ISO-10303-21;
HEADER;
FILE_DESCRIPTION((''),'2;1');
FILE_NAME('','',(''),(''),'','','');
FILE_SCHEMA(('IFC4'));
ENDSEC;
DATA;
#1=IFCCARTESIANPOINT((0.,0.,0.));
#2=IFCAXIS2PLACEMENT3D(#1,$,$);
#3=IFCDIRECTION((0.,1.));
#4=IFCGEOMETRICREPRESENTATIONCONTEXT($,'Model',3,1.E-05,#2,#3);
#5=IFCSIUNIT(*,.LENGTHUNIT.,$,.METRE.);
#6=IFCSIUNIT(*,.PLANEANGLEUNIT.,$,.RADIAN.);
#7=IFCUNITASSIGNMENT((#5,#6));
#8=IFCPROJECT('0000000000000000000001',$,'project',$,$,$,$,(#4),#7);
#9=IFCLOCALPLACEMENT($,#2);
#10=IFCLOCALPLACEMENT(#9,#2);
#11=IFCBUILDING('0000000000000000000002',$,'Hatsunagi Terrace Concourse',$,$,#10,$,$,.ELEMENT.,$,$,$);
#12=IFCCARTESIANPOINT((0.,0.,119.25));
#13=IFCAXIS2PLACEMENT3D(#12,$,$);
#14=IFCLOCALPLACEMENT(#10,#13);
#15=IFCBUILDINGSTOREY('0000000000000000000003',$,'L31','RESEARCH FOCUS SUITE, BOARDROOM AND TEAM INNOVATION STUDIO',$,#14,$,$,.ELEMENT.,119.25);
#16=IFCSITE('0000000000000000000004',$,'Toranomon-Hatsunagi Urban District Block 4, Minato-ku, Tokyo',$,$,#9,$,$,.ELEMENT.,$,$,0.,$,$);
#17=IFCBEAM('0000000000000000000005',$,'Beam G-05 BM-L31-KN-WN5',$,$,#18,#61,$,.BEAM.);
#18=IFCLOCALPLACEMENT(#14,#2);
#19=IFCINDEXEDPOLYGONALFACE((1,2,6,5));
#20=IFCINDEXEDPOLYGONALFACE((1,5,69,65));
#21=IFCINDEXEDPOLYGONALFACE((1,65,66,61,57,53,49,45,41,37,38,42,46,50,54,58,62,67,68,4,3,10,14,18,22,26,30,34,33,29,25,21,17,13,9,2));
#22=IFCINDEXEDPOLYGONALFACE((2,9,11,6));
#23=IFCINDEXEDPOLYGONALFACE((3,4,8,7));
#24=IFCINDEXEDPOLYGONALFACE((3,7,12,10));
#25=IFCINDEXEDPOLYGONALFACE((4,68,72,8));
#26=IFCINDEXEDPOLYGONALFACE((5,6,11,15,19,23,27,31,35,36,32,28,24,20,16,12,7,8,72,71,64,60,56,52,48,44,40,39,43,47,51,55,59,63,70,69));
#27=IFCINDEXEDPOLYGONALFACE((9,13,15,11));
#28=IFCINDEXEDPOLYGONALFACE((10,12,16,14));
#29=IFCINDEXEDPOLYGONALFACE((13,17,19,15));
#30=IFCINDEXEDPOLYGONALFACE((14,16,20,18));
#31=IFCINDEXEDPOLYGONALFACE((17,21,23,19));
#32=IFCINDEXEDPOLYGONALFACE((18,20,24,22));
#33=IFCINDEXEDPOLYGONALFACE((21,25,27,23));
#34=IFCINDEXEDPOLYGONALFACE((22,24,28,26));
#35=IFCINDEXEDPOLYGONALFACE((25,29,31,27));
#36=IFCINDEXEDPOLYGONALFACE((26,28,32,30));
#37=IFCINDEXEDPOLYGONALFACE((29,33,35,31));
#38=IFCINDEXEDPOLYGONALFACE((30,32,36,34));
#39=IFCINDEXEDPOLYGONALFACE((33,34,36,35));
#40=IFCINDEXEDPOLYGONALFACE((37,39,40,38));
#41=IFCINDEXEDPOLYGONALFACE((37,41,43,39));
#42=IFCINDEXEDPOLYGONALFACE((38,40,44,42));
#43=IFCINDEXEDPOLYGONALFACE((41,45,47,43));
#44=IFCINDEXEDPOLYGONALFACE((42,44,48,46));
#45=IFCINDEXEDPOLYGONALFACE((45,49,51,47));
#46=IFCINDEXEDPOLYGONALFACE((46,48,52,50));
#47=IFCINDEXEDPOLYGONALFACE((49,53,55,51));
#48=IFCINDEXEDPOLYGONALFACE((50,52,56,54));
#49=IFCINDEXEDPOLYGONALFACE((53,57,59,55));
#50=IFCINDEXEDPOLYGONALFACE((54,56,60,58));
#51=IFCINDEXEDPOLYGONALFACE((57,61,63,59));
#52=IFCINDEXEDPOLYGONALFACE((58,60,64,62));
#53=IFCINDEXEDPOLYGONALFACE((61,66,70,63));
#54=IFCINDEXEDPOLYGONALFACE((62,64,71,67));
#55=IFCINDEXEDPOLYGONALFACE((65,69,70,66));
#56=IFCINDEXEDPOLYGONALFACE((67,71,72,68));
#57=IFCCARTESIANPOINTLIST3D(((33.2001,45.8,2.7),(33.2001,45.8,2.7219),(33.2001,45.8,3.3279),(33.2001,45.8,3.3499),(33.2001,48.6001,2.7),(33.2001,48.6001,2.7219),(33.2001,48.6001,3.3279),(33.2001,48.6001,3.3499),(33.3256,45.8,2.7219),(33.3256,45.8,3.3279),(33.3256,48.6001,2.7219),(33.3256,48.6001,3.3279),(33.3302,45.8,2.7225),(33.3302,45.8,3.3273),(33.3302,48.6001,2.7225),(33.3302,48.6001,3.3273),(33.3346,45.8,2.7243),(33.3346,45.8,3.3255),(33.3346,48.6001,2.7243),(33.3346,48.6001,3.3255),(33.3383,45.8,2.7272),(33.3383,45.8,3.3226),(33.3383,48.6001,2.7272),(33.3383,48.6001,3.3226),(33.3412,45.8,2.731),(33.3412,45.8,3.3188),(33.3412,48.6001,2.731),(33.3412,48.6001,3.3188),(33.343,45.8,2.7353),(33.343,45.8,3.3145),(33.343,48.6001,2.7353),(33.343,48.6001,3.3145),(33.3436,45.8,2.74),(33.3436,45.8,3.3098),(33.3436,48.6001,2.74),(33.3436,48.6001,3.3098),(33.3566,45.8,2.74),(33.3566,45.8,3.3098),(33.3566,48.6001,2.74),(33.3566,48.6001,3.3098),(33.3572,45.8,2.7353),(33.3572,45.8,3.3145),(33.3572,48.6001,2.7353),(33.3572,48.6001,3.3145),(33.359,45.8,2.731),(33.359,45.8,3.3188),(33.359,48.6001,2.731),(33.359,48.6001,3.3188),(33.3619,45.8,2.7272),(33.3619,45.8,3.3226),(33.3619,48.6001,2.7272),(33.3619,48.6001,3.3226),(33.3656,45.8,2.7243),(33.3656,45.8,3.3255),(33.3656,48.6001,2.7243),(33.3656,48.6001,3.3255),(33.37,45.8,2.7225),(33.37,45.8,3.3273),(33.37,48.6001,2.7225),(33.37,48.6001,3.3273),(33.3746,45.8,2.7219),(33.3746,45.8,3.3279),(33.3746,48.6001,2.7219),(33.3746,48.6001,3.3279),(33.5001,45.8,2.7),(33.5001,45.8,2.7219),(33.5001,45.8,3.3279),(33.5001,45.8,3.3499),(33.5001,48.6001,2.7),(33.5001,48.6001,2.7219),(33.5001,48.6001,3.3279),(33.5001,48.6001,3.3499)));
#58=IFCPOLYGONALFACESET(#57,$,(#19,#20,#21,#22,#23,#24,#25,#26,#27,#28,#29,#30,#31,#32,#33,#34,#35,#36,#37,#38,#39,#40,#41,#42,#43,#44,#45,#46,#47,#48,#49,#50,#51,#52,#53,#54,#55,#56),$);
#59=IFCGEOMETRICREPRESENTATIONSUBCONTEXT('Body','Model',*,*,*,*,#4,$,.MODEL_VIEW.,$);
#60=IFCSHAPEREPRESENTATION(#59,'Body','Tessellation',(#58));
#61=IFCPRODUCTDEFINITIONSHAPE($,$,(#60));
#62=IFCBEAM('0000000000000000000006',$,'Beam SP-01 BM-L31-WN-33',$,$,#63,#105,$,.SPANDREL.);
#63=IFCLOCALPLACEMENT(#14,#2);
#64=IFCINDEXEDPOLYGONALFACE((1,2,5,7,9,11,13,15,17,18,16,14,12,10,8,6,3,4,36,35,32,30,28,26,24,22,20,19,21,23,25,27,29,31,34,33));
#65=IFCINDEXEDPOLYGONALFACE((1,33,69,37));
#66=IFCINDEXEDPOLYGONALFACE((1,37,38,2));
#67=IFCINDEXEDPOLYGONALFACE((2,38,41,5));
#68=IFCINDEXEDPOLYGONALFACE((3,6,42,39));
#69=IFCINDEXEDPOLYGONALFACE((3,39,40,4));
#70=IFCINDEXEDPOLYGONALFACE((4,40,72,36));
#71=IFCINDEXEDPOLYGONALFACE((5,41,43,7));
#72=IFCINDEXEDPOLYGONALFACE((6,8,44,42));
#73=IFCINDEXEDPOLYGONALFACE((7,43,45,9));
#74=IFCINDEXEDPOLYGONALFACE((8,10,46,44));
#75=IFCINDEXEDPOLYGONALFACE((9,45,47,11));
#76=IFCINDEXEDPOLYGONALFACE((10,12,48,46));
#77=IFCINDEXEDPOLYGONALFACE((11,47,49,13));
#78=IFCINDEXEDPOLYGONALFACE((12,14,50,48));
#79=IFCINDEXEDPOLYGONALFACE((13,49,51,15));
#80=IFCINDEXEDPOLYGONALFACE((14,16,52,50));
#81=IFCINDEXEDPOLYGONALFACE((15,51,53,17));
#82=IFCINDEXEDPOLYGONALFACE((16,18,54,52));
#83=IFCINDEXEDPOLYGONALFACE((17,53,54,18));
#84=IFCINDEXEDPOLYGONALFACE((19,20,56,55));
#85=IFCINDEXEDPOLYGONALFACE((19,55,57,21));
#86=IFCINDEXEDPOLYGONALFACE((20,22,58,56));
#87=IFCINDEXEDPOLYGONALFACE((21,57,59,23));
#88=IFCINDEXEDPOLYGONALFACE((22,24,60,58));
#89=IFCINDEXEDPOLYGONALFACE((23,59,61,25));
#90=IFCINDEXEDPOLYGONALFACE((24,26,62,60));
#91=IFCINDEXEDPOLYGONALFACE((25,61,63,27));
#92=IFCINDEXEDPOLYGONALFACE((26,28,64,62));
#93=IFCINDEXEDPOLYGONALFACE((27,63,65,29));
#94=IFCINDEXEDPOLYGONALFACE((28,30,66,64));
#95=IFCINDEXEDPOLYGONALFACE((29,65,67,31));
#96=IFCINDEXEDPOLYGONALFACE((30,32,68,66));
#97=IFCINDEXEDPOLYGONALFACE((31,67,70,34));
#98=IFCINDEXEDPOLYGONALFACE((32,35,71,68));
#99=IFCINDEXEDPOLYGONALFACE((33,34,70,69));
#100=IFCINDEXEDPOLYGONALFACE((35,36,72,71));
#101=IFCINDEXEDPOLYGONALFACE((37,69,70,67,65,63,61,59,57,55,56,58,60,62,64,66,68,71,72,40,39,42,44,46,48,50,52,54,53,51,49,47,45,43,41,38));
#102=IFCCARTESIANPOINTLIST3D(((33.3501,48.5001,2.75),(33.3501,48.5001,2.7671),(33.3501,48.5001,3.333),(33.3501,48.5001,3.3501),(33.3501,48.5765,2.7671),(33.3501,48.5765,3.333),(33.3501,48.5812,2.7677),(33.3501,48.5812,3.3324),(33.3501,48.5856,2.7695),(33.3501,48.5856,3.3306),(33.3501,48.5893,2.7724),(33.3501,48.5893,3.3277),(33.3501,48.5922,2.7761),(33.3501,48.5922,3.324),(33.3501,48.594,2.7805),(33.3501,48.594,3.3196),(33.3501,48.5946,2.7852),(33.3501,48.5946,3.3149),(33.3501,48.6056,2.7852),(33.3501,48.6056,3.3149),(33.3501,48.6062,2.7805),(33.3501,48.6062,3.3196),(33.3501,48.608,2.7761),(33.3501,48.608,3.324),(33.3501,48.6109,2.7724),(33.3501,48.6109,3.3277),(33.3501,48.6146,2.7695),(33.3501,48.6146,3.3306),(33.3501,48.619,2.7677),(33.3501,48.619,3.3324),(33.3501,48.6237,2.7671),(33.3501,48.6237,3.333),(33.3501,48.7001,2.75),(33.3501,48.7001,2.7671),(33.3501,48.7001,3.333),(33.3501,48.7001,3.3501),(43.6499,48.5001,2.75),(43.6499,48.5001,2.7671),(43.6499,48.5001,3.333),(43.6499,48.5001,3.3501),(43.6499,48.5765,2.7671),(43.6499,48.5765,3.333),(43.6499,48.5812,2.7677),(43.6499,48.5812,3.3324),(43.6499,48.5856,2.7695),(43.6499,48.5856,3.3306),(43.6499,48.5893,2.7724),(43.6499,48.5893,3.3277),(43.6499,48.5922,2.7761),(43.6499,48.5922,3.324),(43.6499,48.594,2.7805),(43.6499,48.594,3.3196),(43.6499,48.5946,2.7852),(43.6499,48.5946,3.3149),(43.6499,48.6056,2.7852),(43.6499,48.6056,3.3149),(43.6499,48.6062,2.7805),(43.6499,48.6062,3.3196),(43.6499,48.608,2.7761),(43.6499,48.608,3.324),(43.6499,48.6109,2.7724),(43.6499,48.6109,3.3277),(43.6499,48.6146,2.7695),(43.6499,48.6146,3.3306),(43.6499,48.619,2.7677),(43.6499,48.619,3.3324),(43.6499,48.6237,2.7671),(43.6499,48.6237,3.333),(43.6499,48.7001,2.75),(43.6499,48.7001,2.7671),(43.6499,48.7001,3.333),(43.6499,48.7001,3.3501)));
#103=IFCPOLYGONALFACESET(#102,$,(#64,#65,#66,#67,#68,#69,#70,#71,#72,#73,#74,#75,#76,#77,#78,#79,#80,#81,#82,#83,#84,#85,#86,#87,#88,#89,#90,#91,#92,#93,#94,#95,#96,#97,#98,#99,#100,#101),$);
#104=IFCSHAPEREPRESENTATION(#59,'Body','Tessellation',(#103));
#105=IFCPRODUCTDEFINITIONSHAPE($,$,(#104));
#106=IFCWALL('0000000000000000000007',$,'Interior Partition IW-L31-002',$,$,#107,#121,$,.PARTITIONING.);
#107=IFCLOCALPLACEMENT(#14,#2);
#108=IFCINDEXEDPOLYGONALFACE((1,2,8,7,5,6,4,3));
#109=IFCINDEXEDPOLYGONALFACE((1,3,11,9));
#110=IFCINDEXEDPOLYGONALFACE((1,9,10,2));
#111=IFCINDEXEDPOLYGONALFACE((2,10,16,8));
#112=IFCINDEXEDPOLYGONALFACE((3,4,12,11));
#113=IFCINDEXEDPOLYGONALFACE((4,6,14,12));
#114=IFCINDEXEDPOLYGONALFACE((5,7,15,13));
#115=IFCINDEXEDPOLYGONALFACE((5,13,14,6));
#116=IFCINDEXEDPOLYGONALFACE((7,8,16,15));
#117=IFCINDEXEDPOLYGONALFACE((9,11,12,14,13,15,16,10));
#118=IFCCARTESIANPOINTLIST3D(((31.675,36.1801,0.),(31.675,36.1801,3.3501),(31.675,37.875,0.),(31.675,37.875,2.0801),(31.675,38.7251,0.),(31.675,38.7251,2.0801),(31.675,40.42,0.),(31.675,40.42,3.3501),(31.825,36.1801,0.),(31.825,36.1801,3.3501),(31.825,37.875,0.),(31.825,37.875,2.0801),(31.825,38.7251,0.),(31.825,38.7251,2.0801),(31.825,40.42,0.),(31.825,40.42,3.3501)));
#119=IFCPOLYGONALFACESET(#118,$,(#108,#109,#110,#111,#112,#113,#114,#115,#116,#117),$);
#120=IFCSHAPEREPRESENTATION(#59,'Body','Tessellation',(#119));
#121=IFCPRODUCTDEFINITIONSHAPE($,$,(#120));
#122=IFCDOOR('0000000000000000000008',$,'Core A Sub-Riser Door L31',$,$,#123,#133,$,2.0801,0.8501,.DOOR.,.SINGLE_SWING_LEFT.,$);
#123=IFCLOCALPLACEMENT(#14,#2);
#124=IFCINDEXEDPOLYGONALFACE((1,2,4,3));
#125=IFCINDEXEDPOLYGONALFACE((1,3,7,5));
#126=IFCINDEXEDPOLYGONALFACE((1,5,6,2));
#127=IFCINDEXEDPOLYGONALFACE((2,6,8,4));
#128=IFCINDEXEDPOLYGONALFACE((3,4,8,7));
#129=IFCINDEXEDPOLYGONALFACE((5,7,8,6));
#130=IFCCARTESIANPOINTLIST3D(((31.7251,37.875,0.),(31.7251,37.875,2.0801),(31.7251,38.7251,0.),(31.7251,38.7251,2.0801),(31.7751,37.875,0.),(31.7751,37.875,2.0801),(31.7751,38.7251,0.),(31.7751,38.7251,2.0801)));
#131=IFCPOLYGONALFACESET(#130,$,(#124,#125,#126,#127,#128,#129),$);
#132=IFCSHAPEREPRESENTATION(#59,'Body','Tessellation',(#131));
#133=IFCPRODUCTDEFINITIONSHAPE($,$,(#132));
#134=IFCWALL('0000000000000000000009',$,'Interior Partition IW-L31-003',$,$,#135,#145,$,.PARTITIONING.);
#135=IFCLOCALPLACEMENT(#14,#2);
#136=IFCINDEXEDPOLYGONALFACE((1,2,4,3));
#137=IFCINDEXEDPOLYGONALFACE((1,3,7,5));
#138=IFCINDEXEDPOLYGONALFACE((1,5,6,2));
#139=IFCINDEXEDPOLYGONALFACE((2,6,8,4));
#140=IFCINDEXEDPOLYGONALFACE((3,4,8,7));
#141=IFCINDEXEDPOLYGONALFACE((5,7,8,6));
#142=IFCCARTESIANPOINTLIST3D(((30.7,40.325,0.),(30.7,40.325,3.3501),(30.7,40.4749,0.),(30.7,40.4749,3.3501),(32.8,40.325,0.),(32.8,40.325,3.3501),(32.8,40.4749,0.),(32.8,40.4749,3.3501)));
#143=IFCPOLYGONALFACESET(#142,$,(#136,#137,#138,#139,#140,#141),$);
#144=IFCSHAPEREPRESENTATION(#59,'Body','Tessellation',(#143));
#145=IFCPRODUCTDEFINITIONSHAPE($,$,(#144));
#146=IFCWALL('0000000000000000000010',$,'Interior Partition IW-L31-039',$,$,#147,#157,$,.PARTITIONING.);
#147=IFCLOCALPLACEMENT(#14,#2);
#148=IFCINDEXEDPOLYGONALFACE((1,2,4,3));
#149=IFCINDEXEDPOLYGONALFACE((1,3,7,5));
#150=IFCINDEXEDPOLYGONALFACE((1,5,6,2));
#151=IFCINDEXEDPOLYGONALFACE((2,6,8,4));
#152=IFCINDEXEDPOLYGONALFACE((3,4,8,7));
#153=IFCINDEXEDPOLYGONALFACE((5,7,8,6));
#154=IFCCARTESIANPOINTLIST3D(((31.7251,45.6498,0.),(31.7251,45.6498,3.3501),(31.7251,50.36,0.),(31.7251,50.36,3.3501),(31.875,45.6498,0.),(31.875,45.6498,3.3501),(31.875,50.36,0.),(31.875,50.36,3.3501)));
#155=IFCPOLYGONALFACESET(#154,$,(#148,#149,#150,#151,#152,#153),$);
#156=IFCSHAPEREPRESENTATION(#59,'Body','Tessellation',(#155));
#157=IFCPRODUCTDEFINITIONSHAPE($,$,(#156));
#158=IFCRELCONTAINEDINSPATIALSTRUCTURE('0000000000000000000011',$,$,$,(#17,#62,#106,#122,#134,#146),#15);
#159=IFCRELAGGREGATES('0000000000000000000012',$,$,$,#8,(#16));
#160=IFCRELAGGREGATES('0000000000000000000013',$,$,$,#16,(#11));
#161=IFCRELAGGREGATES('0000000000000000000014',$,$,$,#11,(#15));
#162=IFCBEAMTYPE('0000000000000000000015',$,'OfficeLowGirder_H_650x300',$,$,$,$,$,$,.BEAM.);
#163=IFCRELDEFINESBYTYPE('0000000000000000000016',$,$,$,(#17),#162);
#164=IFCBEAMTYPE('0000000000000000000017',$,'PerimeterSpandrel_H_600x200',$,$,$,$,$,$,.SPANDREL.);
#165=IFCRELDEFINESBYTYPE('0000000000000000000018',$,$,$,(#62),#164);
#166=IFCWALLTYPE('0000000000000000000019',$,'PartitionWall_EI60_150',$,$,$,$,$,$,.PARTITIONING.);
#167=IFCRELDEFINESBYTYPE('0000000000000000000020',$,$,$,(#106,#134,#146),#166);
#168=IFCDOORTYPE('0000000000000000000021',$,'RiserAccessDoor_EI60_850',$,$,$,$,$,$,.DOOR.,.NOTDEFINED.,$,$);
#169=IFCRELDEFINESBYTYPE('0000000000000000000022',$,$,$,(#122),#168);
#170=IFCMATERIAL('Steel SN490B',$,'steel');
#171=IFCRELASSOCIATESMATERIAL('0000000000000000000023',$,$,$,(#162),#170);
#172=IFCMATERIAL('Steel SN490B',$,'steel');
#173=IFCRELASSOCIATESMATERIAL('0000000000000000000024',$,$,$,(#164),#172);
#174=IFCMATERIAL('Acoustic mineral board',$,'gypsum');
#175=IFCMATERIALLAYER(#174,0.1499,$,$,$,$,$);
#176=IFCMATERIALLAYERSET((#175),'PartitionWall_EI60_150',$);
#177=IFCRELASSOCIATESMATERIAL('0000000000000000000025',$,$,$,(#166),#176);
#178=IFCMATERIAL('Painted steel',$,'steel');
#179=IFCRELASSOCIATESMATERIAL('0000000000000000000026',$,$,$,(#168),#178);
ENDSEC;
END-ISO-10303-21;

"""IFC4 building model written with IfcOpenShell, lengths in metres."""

from ifc_helpers import new_model, si_unit, direction, frame, frame_2d, origin, origin_2d, place, context, subcontext, project, spatial, rectangle, i_section, extrude, material, layer, layer_set, material_profile, profile_set, type_object, element, fill, save


model = new_model("IFC4")

# Units and contexts
model_context = context("Model", 3, precision=1e-05, world=origin(), true_north=direction((0.0, 1.0)))
body_context = subcontext(model_context, "Body", "Model", "MODEL_VIEW")
ifc_project = project(units=[si_unit("LENGTHUNIT", "METRE"), si_unit("PLANEANGLEUNIT", "RADIAN")], contexts=[model_context])

# Site, building, storey
site_placement = place(None, origin())
site = spatial("IfcSite", under=ifc_project, at=site_placement, Name="Toranomon-Hatsunagi Urban District Block 4, Minato-ku, Tokyo", CompositionType="ELEMENT", RefElevation=0.0)
building_placement = place(site_placement, origin())
building = spatial("IfcBuilding", under=site, at=building_placement, Name="Hatsunagi Terrace Concourse", CompositionType="ELEMENT")
storey_placement = place(building_placement, frame((0.0, 0.0, 119.25)))
storey = spatial("IfcBuildingStorey", under=building, at=storey_placement, Name="L31", Description="RESEARCH FOCUS SUITE, BOARDROOM AND TEAM INNOVATION STUDIO", CompositionType="ELEMENT", Elevation=119.25)

# Beams
ifc_material_1 = material(Name="Steel SN490B", Category="steel")
ifc_material_profile_1 = material_profile(ifc_material_1, i_section(OverallWidth=0.3, OverallDepth=0.6499, WebThickness=0.0129, FlangeThickness=0.022, FilletRadius=0.0181, at=origin_2d()), Name="H-650x300x13x22")
ifc_profile_set_1 = profile_set([ifc_material_profile_1], Name="Steel SN490B")
beam_type_1 = type_object("IfcBeamType", Name="OfficeLowGirder_H_650x300", PredefinedType="BEAM", material=ifc_profile_set_1)
beam_1_placement = place(storey_placement, frame((33.3501, 45.8, 3.0249), z_axis=(0.0, 1.0, 0.0), x_axis=(-1.0, 0.0, 0.0)))
element("IfcBeam", 1, at=beam_1_placement, inside=storey, type_object=beam_type_1, Name="Beam G-05 BM-L31-KN-WN5", PredefinedType="BEAM", context=body_context, shape_type="SweptSolid", body=[
    extrude(i_section(OverallWidth=0.3, OverallDepth=0.6499, WebThickness=0.0129, FlangeThickness=0.022, FilletRadius=0.0181, at=origin_2d()), origin(), (0.0, 0.0, 1.0), 2.8),
])
ifc_material_2 = material(Name="Steel SN490B", Category="steel")
ifc_material_profile_2 = material_profile(ifc_material_2, i_section(OverallWidth=0.2, OverallDepth=0.6001, WebThickness=0.011, FlangeThickness=0.0171, FilletRadius=0.0181, at=origin_2d()), Name="H-600x200x11x17")
ifc_profile_set_2 = profile_set([ifc_material_profile_2], Name="Steel SN490B")
beam_type_2 = type_object("IfcBeamType", Name="PerimeterSpandrel_H_600x200", PredefinedType="SPANDREL", material=ifc_profile_set_2)
beam_2_placement = place(storey_placement, frame((33.3501, 48.6001, 3.05), z_axis=(1.0, 0.0, 0.0), x_axis=(0.0, 1.0, 0.0)))
element("IfcBeam", 2, at=beam_2_placement, inside=storey, type_object=beam_type_2, Name="Beam SP-01 BM-L31-WN-33", PredefinedType="SPANDREL", context=body_context, shape_type="SweptSolid", body=[
    extrude(i_section(OverallWidth=0.2, OverallDepth=0.6001, WebThickness=0.011, FlangeThickness=0.0171, FilletRadius=0.0181, at=origin_2d()), origin(), (0.0, 0.0, 1.0), 10.2998),
])

# Wall, opening, door
ifc_material_3 = material(Name="Acoustic mineral board", Category="gypsum")
ifc_layer_1 = layer(ifc_material_3, 0.1499)
ifc_layer_set_1 = layer_set([ifc_layer_1], Name="PartitionWall_EI60_150")
wall_type_1 = type_object("IfcWallType", Name="PartitionWall_EI60_150", PredefinedType="PARTITIONING", material=ifc_layer_set_1)
wall_1_placement = place(storey_placement, frame((31.75, 36.1799, 0.0), z_axis=(0.0, 0.0, 1.0), x_axis=(0.0, 1.0, 0.0)))
wall_1 = element("IfcWall", 3, at=wall_1_placement, inside=storey, type_object=wall_type_1, Name="Interior Partition IW-L31-002", PredefinedType="PARTITIONING", context=body_context, shape_type="SweptSolid", body=[
    extrude(rectangle(XDim=4.24, YDim=0.1499, at=frame_2d((2.1201, 0.0))), origin(), (0.0, 0.0, 1.0), 3.3501),
])
opening_1_placement = place(wall_1_placement, frame((1.6951, 0.0, 0.0)))
opening_1 = element("IfcOpeningElement", 4, at=opening_1_placement, cuts=wall_1, PredefinedType="OPENING", context=body_context, shape_type="SweptSolid", body=[
    extrude(rectangle(XDim=0.8501, YDim=2.0801, at=frame_2d((0.425, 1.04))), frame((0.0, 0.085, 0.0), z_axis=(0.0, -1.0, 0.0), x_axis=(1.0, 0.0, 0.0)), (0.0, 0.0, 1.0), 0.1699),
])
ifc_material_4 = material(Name="Painted steel", Category="steel")
door_type_1 = type_object("IfcDoorType", Name="RiserAccessDoor_EI60_850", OperationType="NOTDEFINED", PredefinedType="DOOR", material=ifc_material_4)
door_1_placement = place(opening_1_placement, origin())
door_1 = element("IfcDoor", 5, at=door_1_placement, inside=storey, type_object=door_type_1, Name="Core A Sub-Riser Door L31", OperationType="SINGLE_SWING_LEFT", OverallHeight=2.0801, OverallWidth=0.8501, PredefinedType="DOOR", context=body_context, shape_type="SweptSolid", body=[
    extrude(rectangle(XDim=0.8501, YDim=2.0801, at=frame_2d((0.425, 1.04))), frame((0.0, 0.0249, 0.0), z_axis=(0.0, -1.0, 0.0), x_axis=(1.0, 0.0, 0.0)), (0.0, 0.0, 1.0), 0.05),
])
fill(opening_1, door_1)

# Walls
wall_2_placement = place(storey_placement, frame((30.7, 40.3999, 0.0), z_axis=(0.0, 0.0, 1.0), x_axis=(1.0, 0.0, 0.0)))
element("IfcWall", 6, at=wall_2_placement, inside=storey, type_object=wall_type_1, Name="Interior Partition IW-L31-003", PredefinedType="PARTITIONING", context=body_context, shape_type="SweptSolid", body=[
    extrude(rectangle(XDim=2.1001, YDim=0.1499, at=frame_2d((1.05, 0.0))), origin(), (0.0, 0.0, 1.0), 3.3501),
])
wall_3_placement = place(storey_placement, frame((31.8, 45.6499, 0.0), z_axis=(0.0, 0.0, 1.0), x_axis=(0.0, 1.0, 0.0)))
element("IfcWall", 7, at=wall_3_placement, inside=storey, type_object=wall_type_1, Name="Interior Partition IW-L31-039", PredefinedType="PARTITIONING", context=body_context, shape_type="SweptSolid", body=[
    extrude(rectangle(XDim=4.7102, YDim=0.1499, at=frame_2d((2.355, 0.0))), origin(), (0.0, 0.0, 1.0), 3.3501),
])

save(model, "model.ifc")
